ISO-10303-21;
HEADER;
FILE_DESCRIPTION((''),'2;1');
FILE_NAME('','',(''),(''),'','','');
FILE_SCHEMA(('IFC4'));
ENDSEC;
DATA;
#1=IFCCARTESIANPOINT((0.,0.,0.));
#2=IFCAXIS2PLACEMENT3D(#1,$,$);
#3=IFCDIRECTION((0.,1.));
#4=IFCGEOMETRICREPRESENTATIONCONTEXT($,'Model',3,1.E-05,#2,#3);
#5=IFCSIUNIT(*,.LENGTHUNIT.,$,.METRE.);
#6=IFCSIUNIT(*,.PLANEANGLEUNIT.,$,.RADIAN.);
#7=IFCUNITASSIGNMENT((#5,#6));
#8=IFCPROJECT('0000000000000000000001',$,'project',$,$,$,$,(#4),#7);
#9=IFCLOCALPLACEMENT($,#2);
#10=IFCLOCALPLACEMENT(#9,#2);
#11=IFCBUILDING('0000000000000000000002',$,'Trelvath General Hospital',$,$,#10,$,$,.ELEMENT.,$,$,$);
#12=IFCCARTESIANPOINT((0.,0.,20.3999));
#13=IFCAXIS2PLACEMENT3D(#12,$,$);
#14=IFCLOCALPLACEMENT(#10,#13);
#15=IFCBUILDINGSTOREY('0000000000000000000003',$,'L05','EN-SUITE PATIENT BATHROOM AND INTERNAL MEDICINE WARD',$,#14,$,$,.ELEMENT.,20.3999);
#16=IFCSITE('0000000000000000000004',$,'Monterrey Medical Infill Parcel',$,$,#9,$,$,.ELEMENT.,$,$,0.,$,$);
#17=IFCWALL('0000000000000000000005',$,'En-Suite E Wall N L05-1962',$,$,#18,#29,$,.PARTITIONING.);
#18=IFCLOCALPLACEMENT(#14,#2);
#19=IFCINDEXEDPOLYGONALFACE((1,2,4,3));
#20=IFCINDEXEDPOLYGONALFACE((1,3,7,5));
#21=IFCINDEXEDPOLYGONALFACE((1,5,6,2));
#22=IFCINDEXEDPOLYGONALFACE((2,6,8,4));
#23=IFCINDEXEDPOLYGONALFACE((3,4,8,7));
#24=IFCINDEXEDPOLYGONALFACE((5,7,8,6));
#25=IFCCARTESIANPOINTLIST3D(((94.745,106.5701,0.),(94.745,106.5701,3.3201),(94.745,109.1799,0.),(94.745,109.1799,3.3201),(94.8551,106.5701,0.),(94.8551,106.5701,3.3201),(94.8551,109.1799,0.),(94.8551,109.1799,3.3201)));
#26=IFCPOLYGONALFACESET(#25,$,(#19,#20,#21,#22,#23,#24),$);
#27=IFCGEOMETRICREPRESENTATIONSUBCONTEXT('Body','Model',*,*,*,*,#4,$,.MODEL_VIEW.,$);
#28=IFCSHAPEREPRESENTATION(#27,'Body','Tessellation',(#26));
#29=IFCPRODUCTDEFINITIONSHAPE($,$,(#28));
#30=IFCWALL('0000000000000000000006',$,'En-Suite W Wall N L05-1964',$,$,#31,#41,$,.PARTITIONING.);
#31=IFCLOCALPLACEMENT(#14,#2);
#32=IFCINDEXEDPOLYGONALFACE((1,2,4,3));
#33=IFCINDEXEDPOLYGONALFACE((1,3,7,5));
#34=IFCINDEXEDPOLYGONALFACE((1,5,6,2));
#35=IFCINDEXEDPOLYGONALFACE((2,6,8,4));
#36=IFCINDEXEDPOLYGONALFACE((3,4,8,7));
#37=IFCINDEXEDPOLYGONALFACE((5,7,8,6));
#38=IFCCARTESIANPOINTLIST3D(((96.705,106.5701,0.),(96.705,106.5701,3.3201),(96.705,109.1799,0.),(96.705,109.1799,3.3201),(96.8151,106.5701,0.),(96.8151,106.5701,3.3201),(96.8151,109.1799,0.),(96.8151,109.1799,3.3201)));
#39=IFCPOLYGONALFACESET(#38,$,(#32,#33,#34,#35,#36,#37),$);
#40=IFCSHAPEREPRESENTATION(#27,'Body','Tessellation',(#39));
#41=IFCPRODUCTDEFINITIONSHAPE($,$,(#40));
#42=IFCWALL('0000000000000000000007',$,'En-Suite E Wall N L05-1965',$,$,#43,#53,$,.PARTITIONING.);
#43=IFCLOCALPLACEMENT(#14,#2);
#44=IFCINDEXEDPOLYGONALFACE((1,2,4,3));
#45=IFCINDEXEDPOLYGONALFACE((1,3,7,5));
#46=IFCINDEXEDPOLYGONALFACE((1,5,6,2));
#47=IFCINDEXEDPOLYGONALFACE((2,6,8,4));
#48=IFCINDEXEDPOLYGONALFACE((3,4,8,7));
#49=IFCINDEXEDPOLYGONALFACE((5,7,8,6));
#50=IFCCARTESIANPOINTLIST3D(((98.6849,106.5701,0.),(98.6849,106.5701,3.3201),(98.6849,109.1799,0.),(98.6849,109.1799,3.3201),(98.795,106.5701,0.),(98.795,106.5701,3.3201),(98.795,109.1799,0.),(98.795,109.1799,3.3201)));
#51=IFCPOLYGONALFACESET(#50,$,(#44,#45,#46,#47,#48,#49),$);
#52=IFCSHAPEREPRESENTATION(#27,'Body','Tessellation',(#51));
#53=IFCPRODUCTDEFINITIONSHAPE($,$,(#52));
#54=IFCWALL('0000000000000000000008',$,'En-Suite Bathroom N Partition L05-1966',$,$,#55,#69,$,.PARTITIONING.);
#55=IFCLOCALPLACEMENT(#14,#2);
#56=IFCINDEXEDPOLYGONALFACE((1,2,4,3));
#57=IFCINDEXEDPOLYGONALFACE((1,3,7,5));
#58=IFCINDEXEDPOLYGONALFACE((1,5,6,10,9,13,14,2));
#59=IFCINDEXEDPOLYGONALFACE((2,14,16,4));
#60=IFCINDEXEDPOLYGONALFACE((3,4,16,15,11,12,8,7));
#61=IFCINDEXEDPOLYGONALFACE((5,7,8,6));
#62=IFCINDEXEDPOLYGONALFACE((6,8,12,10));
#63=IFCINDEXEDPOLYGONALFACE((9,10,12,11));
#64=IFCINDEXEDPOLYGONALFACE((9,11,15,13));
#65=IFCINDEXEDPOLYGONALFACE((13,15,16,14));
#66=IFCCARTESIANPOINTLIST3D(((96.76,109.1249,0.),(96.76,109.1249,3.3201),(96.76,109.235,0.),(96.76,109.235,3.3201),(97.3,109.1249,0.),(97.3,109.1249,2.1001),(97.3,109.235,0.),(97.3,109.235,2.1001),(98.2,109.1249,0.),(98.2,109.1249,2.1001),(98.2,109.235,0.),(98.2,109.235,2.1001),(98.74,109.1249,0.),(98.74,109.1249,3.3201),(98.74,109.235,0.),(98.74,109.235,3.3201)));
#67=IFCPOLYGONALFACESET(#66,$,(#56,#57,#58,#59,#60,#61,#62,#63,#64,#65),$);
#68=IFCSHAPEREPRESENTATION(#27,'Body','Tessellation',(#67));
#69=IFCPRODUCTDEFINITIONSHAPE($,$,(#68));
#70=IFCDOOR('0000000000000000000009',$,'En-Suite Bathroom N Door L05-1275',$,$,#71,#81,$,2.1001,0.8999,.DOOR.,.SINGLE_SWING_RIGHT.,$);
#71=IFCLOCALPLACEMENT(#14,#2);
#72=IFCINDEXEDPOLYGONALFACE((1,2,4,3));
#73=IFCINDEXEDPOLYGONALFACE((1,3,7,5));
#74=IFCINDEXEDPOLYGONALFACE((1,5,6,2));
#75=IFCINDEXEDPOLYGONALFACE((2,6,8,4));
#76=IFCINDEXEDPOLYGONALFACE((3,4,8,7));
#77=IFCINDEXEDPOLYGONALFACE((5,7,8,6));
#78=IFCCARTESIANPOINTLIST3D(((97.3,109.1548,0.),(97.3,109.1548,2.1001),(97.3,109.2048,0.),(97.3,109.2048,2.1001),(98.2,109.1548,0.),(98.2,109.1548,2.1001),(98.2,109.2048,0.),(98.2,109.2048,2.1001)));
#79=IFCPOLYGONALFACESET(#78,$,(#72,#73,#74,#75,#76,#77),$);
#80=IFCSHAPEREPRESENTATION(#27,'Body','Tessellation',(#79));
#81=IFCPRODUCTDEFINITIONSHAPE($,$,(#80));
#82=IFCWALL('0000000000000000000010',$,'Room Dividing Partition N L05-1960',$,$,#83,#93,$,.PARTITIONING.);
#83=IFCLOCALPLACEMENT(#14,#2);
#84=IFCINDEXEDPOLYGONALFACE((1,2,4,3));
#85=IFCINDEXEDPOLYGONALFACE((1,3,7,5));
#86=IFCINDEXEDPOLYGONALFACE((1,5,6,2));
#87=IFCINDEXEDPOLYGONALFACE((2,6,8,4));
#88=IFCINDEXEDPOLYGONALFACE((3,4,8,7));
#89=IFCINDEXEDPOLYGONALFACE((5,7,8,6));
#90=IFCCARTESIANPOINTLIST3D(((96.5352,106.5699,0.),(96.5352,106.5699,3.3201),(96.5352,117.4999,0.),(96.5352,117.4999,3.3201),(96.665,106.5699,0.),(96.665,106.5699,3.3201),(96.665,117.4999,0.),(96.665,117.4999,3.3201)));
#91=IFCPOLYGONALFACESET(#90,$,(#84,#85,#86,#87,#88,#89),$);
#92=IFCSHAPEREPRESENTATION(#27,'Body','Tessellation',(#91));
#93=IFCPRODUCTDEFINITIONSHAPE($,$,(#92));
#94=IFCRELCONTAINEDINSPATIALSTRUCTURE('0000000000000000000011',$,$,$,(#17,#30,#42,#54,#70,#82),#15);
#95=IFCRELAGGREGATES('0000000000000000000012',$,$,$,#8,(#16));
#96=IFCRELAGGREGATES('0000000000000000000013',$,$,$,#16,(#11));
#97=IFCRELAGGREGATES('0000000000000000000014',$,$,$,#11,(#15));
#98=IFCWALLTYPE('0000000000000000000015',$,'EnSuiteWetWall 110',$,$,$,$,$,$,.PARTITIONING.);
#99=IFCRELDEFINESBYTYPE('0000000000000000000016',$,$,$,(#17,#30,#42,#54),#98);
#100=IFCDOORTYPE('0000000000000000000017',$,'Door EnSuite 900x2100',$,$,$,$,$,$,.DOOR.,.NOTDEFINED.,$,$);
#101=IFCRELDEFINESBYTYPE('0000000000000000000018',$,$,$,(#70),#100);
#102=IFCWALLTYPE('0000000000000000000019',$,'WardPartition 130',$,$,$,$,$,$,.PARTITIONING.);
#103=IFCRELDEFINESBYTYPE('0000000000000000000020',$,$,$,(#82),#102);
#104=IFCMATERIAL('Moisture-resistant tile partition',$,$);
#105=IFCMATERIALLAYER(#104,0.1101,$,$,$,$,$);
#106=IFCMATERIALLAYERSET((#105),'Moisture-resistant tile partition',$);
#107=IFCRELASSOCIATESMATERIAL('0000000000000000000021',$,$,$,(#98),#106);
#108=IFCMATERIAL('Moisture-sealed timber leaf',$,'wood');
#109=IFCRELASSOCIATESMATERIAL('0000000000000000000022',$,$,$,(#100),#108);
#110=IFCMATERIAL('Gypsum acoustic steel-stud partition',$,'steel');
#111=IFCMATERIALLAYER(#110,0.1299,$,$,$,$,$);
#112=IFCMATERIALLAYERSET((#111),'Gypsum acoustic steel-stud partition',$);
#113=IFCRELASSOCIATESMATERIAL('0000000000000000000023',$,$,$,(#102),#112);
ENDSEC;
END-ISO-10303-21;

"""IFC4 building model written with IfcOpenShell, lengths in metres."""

from ifc_helpers import new_model, si_unit, direction, frame, frame_2d, origin, place, context, subcontext, project, spatial, rectangle, extrude, material, layer, layer_set, type_object, element, fill, save


model = new_model("IFC4")

# Units and contexts
model_context = context("Model", 3, precision=1e-05, world=origin(), true_north=direction((0.0, 1.0)))
body_context = subcontext(model_context, "Body", "Model", "MODEL_VIEW")
ifc_project = project(units=[si_unit("LENGTHUNIT", "METRE"), si_unit("PLANEANGLEUNIT", "RADIAN")], contexts=[model_context])

# Site, building, storey
site_placement = place(None, origin())
site = spatial("IfcSite", under=ifc_project, at=site_placement, Name="Monterrey Medical Infill Parcel", CompositionType="ELEMENT", RefElevation=0.0)
building_placement = place(site_placement, origin())
building = spatial("IfcBuilding", under=site, at=building_placement, Name="Trelvath General Hospital", CompositionType="ELEMENT")
storey_placement = place(building_placement, frame((0.0, 0.0, 20.3999)))
storey = spatial("IfcBuildingStorey", under=building, at=storey_placement, Name="L05", Description="EN-SUITE PATIENT BATHROOM AND INTERNAL MEDICINE WARD", CompositionType="ELEMENT", Elevation=20.3999)

# Walls
ifc_material_1 = material(Name="Moisture-resistant tile partition")
ifc_layer_1 = layer(ifc_material_1, 0.1101)
ifc_layer_set_1 = layer_set([ifc_layer_1], Name="Moisture-resistant tile partition")
wall_type_1 = type_object("IfcWallType", Name="EnSuiteWetWall 110", PredefinedType="PARTITIONING", material=ifc_layer_set_1)
for number, where, z_axis, x_axis, name in (
    (1, (94.8, 106.5701, 0.0), (0.0, 0.0, 1.0), (0.0, 1.0, 0.0), "En-Suite E Wall N L05-1962"),
    (2, (96.76, 106.5701, 0.0), (0.0, 0.0, 1.0), (0.0, 1.0, 0.0), "En-Suite W Wall N L05-1964"),
    (3, (98.74, 106.5701, 0.0), (0.0, 0.0, 1.0), (0.0, 1.0, 0.0), "En-Suite E Wall N L05-1965"),
):
    element("IfcWall", number, at=place(storey_placement, frame(where, z_axis=z_axis, x_axis=x_axis)), inside=storey, type_object=wall_type_1, Name=name, PredefinedType="PARTITIONING", context=body_context, shape_type="SweptSolid", body=[
        extrude(rectangle(XDim=2.6099, YDim=0.1101, at=frame_2d((1.3049, 0.0))), origin(), (0.0, 0.0, 1.0), 3.3201),
    ])

# Wall, opening, door
wall_1_placement = place(storey_placement, frame((96.76, 109.1799, 0.0), z_axis=(0.0, 0.0, 1.0), x_axis=(1.0, 0.0, 0.0)))
wall_1 = element("IfcWall", 4, at=wall_1_placement, inside=storey, type_object=wall_type_1, Name="En-Suite Bathroom N Partition L05-1966", PredefinedType="PARTITIONING", context=body_context, shape_type="SweptSolid", body=[
    extrude(rectangle(XDim=1.98, YDim=0.1101, at=frame_2d((0.99, 0.0))), origin(), (0.0, 0.0, 1.0), 3.3201),
])
opening_placement = place(wall_1_placement, frame((0.54, 0.0, 0.0)))
opening = element("IfcOpeningElement", 5, at=opening_placement, cuts=wall_1, PredefinedType="OPENING", context=body_context, shape_type="SweptSolid", body=[
    extrude(rectangle(XDim=0.8999, YDim=2.1001, at=frame_2d((0.45, 1.05))), frame((0.0, 0.0649, 0.0), z_axis=(0.0, -1.0, 0.0), x_axis=(1.0, 0.0, 0.0)), (0.0, 0.0, 1.0), 0.1301),
])
ifc_material_2 = material(Name="Moisture-sealed timber leaf", Category="wood")
door_type = type_object("IfcDoorType", Name="Door EnSuite 900x2100", OperationType="NOTDEFINED", PredefinedType="DOOR", material=ifc_material_2)
door_placement = place(opening_placement, origin())
door = element("IfcDoor", 6, at=door_placement, inside=storey, type_object=door_type, Name="En-Suite Bathroom N Door L05-1275", OperationType="SINGLE_SWING_RIGHT", OverallHeight=2.1001, OverallWidth=0.8999, PredefinedType="DOOR", context=body_context, shape_type="SweptSolid", body=[
    extrude(rectangle(XDim=0.8999, YDim=2.1001, at=frame_2d((0.45, 1.05))), frame((0.0, 0.0249, 0.0), z_axis=(0.0, -1.0, 0.0), x_axis=(1.0, 0.0, 0.0)), (0.0, 0.0, 1.0), 0.05),
])
fill(opening, door)

# Wall
ifc_material_3 = material(Name="Gypsum acoustic steel-stud partition", Category="steel")
ifc_layer_2 = layer(ifc_material_3, 0.1299)
ifc_layer_set_2 = layer_set([ifc_layer_2], Name="Gypsum acoustic steel-stud partition")
wall_type_2 = type_object("IfcWallType", Name="WardPartition 130", PredefinedType="PARTITIONING", material=ifc_layer_set_2)
wall_2_placement = place(storey_placement, frame((96.6001, 106.5701, 0.0), z_axis=(0.0, 0.0, 1.0), x_axis=(0.0, 1.0, 0.0)))
element("IfcWall", 7, at=wall_2_placement, inside=storey, type_object=wall_type_2, Name="Room Dividing Partition N L05-1960", PredefinedType="PARTITIONING", context=body_context, shape_type="SweptSolid", body=[
    extrude(rectangle(XDim=10.9299, YDim=0.1299, at=frame_2d((5.4648, 0.0))), origin(), (0.0, 0.0, 1.0), 3.3201),
])

save(model, "model.ifc")
